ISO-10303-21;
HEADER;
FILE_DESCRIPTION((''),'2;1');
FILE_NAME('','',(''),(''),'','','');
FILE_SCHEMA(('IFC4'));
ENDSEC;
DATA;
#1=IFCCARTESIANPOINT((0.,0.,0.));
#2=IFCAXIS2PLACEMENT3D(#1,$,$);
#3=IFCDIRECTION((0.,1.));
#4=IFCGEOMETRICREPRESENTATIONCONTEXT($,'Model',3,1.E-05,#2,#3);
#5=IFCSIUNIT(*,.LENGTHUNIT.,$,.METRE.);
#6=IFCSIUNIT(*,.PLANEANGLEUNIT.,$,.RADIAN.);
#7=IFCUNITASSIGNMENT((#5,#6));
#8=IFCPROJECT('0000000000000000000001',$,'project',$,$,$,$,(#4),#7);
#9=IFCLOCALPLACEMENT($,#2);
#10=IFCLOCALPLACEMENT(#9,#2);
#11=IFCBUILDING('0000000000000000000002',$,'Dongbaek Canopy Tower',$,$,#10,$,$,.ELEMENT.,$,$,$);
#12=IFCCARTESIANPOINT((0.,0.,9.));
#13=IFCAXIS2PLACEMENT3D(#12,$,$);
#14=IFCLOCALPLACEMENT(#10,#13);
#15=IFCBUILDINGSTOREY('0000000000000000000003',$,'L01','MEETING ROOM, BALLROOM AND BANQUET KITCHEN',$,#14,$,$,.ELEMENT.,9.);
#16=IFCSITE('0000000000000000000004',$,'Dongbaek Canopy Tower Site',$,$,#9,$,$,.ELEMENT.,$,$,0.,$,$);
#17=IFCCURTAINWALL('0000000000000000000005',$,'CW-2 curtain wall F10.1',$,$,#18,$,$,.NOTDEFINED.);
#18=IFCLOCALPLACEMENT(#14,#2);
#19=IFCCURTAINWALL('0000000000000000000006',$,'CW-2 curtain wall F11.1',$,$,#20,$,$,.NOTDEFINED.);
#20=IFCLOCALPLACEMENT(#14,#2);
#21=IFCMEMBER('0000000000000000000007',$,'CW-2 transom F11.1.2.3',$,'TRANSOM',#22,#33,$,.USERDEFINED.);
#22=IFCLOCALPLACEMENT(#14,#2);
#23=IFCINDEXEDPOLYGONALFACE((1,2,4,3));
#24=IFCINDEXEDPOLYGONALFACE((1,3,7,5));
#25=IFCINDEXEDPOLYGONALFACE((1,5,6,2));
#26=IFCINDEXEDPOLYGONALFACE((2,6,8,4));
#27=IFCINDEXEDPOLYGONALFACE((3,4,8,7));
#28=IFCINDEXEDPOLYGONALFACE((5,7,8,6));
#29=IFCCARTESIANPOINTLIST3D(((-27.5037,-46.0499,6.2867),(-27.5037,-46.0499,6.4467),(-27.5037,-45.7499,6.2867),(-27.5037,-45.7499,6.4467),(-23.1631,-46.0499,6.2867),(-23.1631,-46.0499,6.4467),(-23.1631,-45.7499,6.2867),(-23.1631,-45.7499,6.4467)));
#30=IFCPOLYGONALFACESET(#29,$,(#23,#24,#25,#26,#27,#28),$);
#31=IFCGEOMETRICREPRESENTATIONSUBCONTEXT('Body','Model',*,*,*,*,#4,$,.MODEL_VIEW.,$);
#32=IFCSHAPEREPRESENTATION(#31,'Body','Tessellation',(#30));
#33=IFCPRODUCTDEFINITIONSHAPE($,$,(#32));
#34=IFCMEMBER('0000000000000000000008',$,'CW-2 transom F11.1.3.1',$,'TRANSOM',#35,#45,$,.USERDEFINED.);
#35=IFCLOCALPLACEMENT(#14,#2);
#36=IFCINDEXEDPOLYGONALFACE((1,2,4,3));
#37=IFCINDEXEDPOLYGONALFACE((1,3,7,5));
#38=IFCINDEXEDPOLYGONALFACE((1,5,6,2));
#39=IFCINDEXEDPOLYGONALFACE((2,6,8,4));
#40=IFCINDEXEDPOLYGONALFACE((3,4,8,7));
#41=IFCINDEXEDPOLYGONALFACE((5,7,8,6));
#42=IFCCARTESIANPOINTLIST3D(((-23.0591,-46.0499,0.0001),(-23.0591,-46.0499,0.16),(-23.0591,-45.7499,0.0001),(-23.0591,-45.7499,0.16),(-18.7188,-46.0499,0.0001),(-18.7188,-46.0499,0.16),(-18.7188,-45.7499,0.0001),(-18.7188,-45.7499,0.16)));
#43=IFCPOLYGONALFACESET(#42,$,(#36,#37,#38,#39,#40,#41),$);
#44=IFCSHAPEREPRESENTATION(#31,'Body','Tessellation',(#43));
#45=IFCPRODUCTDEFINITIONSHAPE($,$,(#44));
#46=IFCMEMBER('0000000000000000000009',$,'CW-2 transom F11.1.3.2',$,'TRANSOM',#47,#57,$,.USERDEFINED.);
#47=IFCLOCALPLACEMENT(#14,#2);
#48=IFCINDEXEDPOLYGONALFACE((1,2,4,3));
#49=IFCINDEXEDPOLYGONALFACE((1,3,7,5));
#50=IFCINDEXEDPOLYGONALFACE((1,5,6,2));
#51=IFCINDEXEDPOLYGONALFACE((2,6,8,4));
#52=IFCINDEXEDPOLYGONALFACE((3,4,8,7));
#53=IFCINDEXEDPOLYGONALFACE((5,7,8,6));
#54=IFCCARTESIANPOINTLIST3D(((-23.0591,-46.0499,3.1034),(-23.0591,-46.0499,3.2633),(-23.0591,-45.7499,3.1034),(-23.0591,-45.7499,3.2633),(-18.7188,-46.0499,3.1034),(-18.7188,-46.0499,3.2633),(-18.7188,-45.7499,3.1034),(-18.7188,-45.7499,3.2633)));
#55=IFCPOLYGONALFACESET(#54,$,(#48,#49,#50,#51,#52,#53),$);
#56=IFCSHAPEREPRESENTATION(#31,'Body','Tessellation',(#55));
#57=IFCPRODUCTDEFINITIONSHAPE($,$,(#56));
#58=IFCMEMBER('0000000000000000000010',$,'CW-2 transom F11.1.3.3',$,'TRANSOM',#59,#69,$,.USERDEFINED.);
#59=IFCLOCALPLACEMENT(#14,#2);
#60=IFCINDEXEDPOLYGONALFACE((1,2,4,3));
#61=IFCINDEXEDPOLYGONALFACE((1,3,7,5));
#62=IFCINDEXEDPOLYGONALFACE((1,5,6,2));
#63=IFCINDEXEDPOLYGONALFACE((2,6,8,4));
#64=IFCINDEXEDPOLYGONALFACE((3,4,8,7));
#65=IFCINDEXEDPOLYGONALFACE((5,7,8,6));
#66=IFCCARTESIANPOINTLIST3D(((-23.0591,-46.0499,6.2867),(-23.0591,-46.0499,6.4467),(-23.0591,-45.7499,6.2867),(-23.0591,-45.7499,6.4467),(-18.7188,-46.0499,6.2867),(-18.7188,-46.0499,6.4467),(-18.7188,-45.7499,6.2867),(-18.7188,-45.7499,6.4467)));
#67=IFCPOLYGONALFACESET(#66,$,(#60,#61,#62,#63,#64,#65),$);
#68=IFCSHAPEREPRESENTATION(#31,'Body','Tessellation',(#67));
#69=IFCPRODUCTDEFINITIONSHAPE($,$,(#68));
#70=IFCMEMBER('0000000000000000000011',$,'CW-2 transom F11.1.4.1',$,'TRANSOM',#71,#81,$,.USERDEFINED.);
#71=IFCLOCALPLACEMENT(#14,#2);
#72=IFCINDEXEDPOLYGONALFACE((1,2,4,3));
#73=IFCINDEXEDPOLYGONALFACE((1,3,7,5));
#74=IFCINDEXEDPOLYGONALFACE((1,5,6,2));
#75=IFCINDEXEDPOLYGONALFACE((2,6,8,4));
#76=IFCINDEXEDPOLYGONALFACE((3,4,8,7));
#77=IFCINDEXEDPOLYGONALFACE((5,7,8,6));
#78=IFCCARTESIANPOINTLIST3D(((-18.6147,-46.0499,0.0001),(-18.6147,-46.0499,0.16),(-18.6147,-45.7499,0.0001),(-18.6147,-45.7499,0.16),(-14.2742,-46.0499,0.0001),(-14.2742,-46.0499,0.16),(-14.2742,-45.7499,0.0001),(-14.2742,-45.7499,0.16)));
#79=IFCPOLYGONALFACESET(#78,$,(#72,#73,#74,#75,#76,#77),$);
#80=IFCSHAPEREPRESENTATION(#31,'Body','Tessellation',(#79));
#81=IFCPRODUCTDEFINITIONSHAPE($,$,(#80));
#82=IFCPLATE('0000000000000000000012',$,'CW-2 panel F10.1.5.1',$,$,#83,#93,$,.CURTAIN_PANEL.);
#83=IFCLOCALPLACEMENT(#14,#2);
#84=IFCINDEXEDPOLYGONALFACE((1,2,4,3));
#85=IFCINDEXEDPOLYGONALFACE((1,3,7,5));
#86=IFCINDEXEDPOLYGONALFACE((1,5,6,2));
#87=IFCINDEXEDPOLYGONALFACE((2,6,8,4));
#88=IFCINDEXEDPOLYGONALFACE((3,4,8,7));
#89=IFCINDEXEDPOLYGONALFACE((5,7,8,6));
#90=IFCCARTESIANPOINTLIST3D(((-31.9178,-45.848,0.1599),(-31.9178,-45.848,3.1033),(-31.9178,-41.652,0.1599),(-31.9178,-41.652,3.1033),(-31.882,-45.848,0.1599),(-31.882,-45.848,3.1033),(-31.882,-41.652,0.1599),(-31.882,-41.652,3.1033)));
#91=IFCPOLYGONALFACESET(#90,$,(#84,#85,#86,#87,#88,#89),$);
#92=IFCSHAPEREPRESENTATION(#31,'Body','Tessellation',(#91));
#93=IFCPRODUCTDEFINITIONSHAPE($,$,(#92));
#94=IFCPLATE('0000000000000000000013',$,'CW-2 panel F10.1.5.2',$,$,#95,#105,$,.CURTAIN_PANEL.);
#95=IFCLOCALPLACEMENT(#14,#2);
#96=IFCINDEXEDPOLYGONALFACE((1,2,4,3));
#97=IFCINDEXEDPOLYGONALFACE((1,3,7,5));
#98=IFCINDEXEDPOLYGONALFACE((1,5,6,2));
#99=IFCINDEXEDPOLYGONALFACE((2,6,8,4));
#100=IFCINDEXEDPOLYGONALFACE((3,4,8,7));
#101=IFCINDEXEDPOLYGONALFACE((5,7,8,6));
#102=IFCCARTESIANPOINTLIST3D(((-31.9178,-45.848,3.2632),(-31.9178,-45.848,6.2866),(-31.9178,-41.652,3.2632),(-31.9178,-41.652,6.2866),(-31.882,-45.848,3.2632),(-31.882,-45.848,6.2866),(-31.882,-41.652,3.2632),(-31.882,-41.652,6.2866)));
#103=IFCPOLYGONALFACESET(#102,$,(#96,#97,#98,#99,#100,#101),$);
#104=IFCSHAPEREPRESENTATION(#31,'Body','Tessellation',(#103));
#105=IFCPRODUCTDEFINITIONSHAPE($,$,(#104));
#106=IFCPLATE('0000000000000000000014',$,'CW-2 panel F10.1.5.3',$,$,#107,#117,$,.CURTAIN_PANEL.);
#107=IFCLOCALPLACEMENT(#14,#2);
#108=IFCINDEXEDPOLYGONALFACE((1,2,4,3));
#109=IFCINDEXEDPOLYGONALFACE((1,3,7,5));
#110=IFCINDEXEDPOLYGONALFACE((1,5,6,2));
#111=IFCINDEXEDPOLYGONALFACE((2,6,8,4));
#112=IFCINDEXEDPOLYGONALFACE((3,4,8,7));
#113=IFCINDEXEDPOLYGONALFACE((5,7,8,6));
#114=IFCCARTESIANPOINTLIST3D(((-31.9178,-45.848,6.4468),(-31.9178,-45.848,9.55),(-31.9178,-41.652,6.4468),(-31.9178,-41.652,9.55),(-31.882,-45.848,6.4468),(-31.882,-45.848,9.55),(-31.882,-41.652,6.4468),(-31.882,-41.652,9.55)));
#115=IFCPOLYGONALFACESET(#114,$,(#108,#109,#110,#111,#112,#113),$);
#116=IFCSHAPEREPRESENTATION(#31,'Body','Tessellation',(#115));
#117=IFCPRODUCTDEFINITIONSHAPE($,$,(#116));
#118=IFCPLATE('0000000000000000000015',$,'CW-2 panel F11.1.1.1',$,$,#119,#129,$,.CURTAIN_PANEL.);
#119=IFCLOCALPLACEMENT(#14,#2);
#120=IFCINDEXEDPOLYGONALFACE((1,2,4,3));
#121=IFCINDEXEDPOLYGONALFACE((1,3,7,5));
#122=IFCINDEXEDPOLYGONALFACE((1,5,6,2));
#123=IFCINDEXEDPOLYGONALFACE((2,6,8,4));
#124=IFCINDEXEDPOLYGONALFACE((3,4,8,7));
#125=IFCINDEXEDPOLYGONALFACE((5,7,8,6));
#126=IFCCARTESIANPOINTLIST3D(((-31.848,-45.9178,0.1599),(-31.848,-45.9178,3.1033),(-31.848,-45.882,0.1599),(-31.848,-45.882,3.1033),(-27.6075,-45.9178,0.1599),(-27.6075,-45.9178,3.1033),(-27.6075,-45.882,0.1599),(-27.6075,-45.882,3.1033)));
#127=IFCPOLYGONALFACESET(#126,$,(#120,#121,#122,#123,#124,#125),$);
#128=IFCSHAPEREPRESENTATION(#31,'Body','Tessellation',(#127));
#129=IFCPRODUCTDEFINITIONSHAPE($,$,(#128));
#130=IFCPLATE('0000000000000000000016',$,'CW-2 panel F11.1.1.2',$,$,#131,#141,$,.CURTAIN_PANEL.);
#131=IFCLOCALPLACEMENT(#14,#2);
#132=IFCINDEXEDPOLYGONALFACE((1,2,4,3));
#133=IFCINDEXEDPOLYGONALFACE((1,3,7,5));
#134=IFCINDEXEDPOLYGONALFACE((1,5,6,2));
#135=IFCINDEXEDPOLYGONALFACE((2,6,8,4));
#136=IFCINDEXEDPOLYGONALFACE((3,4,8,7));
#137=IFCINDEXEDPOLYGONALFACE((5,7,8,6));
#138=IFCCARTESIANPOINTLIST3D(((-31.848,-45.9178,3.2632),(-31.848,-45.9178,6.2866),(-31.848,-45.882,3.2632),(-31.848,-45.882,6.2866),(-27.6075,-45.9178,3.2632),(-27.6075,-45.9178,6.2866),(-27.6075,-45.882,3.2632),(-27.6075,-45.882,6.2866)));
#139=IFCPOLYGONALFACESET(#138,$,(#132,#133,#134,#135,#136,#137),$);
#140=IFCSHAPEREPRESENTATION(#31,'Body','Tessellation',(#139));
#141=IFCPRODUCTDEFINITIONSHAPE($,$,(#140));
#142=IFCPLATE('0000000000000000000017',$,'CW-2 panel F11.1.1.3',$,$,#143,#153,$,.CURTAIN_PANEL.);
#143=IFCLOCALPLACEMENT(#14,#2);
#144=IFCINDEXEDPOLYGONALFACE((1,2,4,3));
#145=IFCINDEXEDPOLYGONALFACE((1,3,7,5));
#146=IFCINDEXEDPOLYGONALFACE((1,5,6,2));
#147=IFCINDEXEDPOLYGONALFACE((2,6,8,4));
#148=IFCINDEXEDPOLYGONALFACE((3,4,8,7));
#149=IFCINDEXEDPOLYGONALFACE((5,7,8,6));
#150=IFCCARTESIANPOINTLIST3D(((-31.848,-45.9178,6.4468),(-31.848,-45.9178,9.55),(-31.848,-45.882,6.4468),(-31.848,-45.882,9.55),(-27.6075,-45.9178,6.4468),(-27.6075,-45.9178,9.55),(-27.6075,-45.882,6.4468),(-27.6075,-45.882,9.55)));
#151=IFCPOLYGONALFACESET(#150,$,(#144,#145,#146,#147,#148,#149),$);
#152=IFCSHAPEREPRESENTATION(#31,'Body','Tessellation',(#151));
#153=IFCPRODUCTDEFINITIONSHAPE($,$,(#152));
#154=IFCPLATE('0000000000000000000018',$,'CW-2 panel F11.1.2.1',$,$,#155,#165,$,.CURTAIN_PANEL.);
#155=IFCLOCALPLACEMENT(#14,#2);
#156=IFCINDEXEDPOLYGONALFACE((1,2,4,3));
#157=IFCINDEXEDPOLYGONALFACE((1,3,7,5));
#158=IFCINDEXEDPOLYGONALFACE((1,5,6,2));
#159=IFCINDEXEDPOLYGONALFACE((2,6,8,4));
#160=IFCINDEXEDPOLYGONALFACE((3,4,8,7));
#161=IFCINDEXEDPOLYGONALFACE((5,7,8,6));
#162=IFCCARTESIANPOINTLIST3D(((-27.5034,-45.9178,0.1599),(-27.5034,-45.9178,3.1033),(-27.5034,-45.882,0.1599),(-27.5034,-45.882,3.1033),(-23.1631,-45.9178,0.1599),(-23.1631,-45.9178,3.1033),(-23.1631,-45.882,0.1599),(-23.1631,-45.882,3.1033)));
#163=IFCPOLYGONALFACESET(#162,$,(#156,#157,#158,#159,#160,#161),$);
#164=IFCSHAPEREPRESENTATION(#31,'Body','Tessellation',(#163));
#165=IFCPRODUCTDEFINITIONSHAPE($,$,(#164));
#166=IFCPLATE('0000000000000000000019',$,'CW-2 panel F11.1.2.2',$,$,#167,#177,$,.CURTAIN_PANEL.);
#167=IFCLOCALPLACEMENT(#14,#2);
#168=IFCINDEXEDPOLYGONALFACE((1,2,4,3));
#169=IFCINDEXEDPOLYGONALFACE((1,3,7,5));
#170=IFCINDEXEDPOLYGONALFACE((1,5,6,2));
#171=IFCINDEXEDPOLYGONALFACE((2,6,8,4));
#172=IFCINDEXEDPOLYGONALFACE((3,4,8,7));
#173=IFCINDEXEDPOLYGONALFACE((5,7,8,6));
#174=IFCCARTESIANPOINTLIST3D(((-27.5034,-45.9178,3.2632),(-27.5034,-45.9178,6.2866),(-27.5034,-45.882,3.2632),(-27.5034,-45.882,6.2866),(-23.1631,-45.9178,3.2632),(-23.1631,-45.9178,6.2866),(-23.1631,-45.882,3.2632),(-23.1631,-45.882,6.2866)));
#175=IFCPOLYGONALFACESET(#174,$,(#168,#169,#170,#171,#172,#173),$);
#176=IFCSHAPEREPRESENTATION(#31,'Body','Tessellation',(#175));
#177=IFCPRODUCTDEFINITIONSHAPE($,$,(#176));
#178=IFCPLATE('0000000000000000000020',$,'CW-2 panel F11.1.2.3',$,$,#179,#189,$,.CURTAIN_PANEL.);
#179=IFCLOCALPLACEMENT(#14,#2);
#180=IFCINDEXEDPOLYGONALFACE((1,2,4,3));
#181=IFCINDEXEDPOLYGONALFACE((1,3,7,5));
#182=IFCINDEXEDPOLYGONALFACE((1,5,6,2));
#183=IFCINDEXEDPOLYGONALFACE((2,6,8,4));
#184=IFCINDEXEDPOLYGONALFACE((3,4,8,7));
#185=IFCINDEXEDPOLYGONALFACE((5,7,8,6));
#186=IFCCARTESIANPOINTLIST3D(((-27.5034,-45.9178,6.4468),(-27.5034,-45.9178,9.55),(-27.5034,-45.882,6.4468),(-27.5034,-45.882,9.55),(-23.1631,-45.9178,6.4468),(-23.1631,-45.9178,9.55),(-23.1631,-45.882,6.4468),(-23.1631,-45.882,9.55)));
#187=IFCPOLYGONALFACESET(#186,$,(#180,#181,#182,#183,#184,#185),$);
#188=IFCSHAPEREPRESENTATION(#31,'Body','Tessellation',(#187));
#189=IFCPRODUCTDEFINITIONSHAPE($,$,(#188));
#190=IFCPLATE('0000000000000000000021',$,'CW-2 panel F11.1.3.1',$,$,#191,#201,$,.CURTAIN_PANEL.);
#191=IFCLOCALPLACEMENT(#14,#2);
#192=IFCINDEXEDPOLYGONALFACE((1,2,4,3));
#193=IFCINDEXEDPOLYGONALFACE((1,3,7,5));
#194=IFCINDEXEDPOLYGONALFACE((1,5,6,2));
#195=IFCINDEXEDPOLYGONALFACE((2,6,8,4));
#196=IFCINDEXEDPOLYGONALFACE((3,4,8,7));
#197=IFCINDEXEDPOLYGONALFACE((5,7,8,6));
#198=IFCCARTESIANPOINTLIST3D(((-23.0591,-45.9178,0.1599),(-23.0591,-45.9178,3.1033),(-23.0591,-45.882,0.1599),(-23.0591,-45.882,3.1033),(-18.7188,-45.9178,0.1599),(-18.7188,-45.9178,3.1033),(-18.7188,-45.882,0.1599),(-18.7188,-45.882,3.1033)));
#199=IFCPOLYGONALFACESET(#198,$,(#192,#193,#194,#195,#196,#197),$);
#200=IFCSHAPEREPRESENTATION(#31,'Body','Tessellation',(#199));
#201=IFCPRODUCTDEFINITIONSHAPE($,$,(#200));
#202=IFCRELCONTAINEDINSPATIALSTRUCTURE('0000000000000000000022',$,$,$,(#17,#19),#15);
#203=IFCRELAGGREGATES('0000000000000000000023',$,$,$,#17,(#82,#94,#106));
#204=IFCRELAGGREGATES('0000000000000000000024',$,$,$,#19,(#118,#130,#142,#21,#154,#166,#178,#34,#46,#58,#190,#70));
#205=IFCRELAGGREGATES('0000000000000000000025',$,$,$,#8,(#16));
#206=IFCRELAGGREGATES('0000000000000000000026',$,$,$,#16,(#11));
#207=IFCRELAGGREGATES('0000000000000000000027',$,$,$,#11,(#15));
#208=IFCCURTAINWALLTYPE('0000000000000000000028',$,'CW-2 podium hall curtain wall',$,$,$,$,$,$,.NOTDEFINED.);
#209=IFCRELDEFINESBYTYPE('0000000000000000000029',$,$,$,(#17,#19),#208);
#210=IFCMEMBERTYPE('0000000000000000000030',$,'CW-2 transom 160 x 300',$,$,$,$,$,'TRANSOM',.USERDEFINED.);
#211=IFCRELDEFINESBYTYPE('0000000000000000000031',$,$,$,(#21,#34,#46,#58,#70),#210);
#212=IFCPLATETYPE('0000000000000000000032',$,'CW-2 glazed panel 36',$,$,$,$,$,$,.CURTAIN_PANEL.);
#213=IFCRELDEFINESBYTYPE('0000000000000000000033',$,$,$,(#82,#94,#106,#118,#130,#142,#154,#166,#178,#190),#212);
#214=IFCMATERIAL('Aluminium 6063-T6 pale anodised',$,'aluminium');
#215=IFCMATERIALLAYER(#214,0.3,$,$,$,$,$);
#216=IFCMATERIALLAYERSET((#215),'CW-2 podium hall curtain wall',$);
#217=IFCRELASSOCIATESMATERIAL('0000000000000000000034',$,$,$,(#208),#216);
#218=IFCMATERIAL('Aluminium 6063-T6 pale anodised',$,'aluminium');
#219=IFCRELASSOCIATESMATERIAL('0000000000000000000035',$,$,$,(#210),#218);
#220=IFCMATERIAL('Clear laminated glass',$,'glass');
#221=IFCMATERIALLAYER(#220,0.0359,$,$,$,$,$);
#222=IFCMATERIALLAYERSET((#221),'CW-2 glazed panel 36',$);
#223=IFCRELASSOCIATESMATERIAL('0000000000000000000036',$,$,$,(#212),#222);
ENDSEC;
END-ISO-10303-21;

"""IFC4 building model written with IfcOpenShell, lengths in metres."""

from ifc_helpers import new_model, si_unit, direction, frame, origin, origin_2d, place, context, subcontext, project, spatial, rectangle, extrude, material, layer, layer_set, material_profile, profile_set, type_object, element, aggregate, save


model = new_model("IFC4")

# Units and contexts
model_context = context("Model", 3, precision=1e-05, world=origin(), true_north=direction((0.0, 1.0)))
body_context = subcontext(model_context, "Body", "Model", "MODEL_VIEW")
ifc_project = project(units=[si_unit("LENGTHUNIT", "METRE"), si_unit("PLANEANGLEUNIT", "RADIAN")], contexts=[model_context])

# Site, building, storey
site_placement = place(None, origin())
site = spatial("IfcSite", under=ifc_project, at=site_placement, Name="Dongbaek Canopy Tower Site", CompositionType="ELEMENT", RefElevation=0.0)
building_placement = place(site_placement, origin())
building = spatial("IfcBuilding", under=site, at=building_placement, Name="Dongbaek Canopy Tower", CompositionType="ELEMENT")
storey_placement = place(building_placement, frame((0.0, 0.0, 9.0)))
storey = spatial("IfcBuildingStorey", under=building, at=storey_placement, Name="L01", Description="MEETING ROOM, BALLROOM AND BANQUET KITCHEN", CompositionType="ELEMENT", Elevation=9.0)

# Curtain wall
ifc_material_1 = material(Name="Aluminium 6063-T6 pale anodised", Category="aluminium")
ifc_layer_1 = layer(ifc_material_1, 0.3)
ifc_layer_set_1 = layer_set([ifc_layer_1], Name="CW-2 podium hall curtain wall")
curtain_wall_type = type_object("IfcCurtainWallType", Name="CW-2 podium hall curtain wall", PredefinedType="NOTDEFINED", material=ifc_layer_set_1)
curtain_wall_1_placement = place(storey_placement, origin())
curtain_wall_1 = element("IfcCurtainWall", 1, at=curtain_wall_1_placement, inside=storey, type_object=curtain_wall_type, Name="CW-2 curtain wall F10.1", PredefinedType="NOTDEFINED")

# Curtain wall
curtain_wall_2_placement = place(storey_placement, origin())
curtain_wall_2 = element("IfcCurtainWall", 2, at=curtain_wall_2_placement, inside=storey, type_object=curtain_wall_type, Name="CW-2 curtain wall F11.1", PredefinedType="NOTDEFINED")

# Members
ifc_material_2 = material(Name="Aluminium 6063-T6 pale anodised", Category="aluminium")
ifc_material_profile_1 = material_profile(ifc_material_2, rectangle(XDim=0.3, YDim=0.1599, at=origin_2d()), Name="CW-2 transom 160 x 300")
ifc_profile_set_1 = profile_set([ifc_material_profile_1], Name="Aluminium 6063-T6 pale anodised")
member_type_1 = type_object("IfcMemberType", Name="CW-2 transom 160 x 300", ElementType="TRANSOM", PredefinedType="USERDEFINED", material=ifc_profile_set_1)
member_1_placement = place(storey_placement, frame((-27.5037, -45.8999, 6.3667), z_axis=(1.0, 0.0, 0.0), x_axis=(0.0, 1.0, 0.0)))
member_1 = element("IfcMember", 3, at=member_1_placement, type_object=member_type_1, Name="CW-2 transom F11.1.2.3", ObjectType="TRANSOM", PredefinedType="USERDEFINED", context=body_context, shape_type="SweptSolid", body=[
    extrude(rectangle(XDim=0.3, YDim=0.1599, at=origin_2d()), origin(), (0.0, 0.0, 1.0), 4.3406),
])
member_2_placement = place(storey_placement, frame((-23.0591, -45.8999, 0.0801), z_axis=(1.0, 0.0, 0.0), x_axis=(0.0, 1.0, 0.0)))
member_2 = element("IfcMember", 4, at=member_2_placement, type_object=member_type_1, Name="CW-2 transom F11.1.3.1", ObjectType="TRANSOM", PredefinedType="USERDEFINED", context=body_context, shape_type="SweptSolid", body=[
    extrude(rectangle(XDim=0.3, YDim=0.1599, at=origin_2d()), origin(), (0.0, 0.0, 1.0), 4.3403),
])
member_3_placement = place(storey_placement, frame((-23.0591, -45.8999, 3.1833), z_axis=(1.0, 0.0, 0.0), x_axis=(0.0, 1.0, 0.0)))
member_3 = element("IfcMember", 5, at=member_3_placement, type_object=member_type_1, Name="CW-2 transom F11.1.3.2", ObjectType="TRANSOM", PredefinedType="USERDEFINED", context=body_context, shape_type="SweptSolid", body=[
    extrude(rectangle(XDim=0.3, YDim=0.1599, at=origin_2d()), origin(), (0.0, 0.0, 1.0), 4.3403),
])
member_4_placement = place(storey_placement, frame((-23.0591, -45.8999, 6.3667), z_axis=(1.0, 0.0, 0.0), x_axis=(0.0, 1.0, 0.0)))
member_4 = element("IfcMember", 6, at=member_4_placement, type_object=member_type_1, Name="CW-2 transom F11.1.3.3", ObjectType="TRANSOM", PredefinedType="USERDEFINED", context=body_context, shape_type="SweptSolid", body=[
    extrude(rectangle(XDim=0.3, YDim=0.1599, at=origin_2d()), origin(), (0.0, 0.0, 1.0), 4.3403),
])
member_5_placement = place(storey_placement, frame((-18.6147, -45.8999, 0.0801), z_axis=(1.0, 0.0, 0.0), x_axis=(0.0, 1.0, 0.0)))
member_5 = element("IfcMember", 7, at=member_5_placement, type_object=member_type_1, Name="CW-2 transom F11.1.4.1", ObjectType="TRANSOM", PredefinedType="USERDEFINED", context=body_context, shape_type="SweptSolid", body=[
    extrude(rectangle(XDim=0.3, YDim=0.1599, at=origin_2d()), origin(), (0.0, 0.0, 1.0), 4.3406),
])

# Plates
ifc_material_3 = material(Name="Clear laminated glass", Category="glass")
ifc_layer_2 = layer(ifc_material_3, 0.0359)
ifc_layer_set_2 = layer_set([ifc_layer_2], Name="CW-2 glazed panel 36")
plate_type = type_object("IfcPlateType", Name="CW-2 glazed panel 36", PredefinedType="CURTAIN_PANEL", material=ifc_layer_set_2)
plate_1_placement = place(storey_placement, frame((-31.8999, -43.75, 0.1599), z_axis=(0.0, 0.0, 1.0), x_axis=(0.0, -1.0, 0.0)))
plate_1 = element("IfcPlate", 8, at=plate_1_placement, type_object=plate_type, Name="CW-2 panel F10.1.5.1", PredefinedType="CURTAIN_PANEL", context=body_context, shape_type="SweptSolid", body=[
    extrude(rectangle(XDim=4.196, YDim=0.0359, at=origin_2d()), origin(), (0.0, 0.0, 1.0), 2.9434),
])
plate_2_placement = place(storey_placement, frame((-31.8999, -43.75, 3.2632), z_axis=(0.0, 0.0, 1.0), x_axis=(0.0, -1.0, 0.0)))
plate_2 = element("IfcPlate", 9, at=plate_2_placement, type_object=plate_type, Name="CW-2 panel F10.1.5.2", PredefinedType="CURTAIN_PANEL", context=body_context, shape_type="SweptSolid", body=[
    extrude(rectangle(XDim=4.196, YDim=0.0359, at=origin_2d()), origin(), (0.0, 0.0, 1.0), 3.0234),
])
plate_3_placement = place(storey_placement, frame((-31.8999, -43.75, 6.4468), z_axis=(0.0, 0.0, 1.0), x_axis=(0.0, -1.0, 0.0)))
plate_3 = element("IfcPlate", 10, at=plate_3_placement, type_object=plate_type, Name="CW-2 panel F10.1.5.3", PredefinedType="CURTAIN_PANEL", context=body_context, shape_type="SweptSolid", body=[
    extrude(rectangle(XDim=4.196, YDim=0.0359, at=origin_2d()), origin(), (0.0, 0.0, 1.0), 3.1033),
])
aggregate(curtain_wall_1, [plate_1, plate_2, plate_3])
plate_4_placement = place(storey_placement, frame((-29.7278, -45.8999, 0.1599), z_axis=(0.0, 0.0, 1.0), x_axis=(1.0, 0.0, 0.0)))
plate_4 = element("IfcPlate", 11, at=plate_4_placement, type_object=plate_type, Name="CW-2 panel F11.1.1.1", PredefinedType="CURTAIN_PANEL", context=body_context, shape_type="SweptSolid", body=[
    extrude(rectangle(XDim=4.2405, YDim=0.0359, at=origin_2d()), origin(), (0.0, 0.0, 1.0), 2.9434),
])
plate_5_placement = place(storey_placement, frame((-29.7278, -45.8999, 3.2632), z_axis=(0.0, 0.0, 1.0), x_axis=(1.0, 0.0, 0.0)))
plate_5 = element("IfcPlate", 12, at=plate_5_placement, type_object=plate_type, Name="CW-2 panel F11.1.1.2", PredefinedType="CURTAIN_PANEL", context=body_context, shape_type="SweptSolid", body=[
    extrude(rectangle(XDim=4.2405, YDim=0.0359, at=origin_2d()), origin(), (0.0, 0.0, 1.0), 3.0234),
])
plate_6_placement = place(storey_placement, frame((-29.7278, -45.8999, 6.4468), z_axis=(0.0, 0.0, 1.0), x_axis=(1.0, 0.0, 0.0)))
plate_6 = element("IfcPlate", 13, at=plate_6_placement, type_object=plate_type, Name="CW-2 panel F11.1.1.3", PredefinedType="CURTAIN_PANEL", context=body_context, shape_type="SweptSolid", body=[
    extrude(rectangle(XDim=4.2405, YDim=0.0359, at=origin_2d()), origin(), (0.0, 0.0, 1.0), 3.1033),
])
plate_7_placement = place(storey_placement, frame((-25.3333, -45.8999, 0.1599), z_axis=(0.0, 0.0, 1.0), x_axis=(1.0, 0.0, 0.0)))
plate_7 = element("IfcPlate", 14, at=plate_7_placement, type_object=plate_type, Name="CW-2 panel F11.1.2.1", PredefinedType="CURTAIN_PANEL", context=body_context, shape_type="SweptSolid", body=[
    extrude(rectangle(XDim=4.3403, YDim=0.0359, at=origin_2d()), origin(), (0.0, 0.0, 1.0), 2.9434),
])
plate_8_placement = place(storey_placement, frame((-25.3333, -45.8999, 3.2632), z_axis=(0.0, 0.0, 1.0), x_axis=(1.0, 0.0, 0.0)))
plate_8 = element("IfcPlate", 15, at=plate_8_placement, type_object=plate_type, Name="CW-2 panel F11.1.2.2", PredefinedType="CURTAIN_PANEL", context=body_context, shape_type="SweptSolid", body=[
    extrude(rectangle(XDim=4.3403, YDim=0.0359, at=origin_2d()), origin(), (0.0, 0.0, 1.0), 3.0234),
])
plate_9_placement = place(storey_placement, frame((-25.3333, -45.8999, 6.4468), z_axis=(0.0, 0.0, 1.0), x_axis=(1.0, 0.0, 0.0)))
plate_9 = element("IfcPlate", 16, at=plate_9_placement, type_object=plate_type, Name="CW-2 panel F11.1.2.3", PredefinedType="CURTAIN_PANEL", context=body_context, shape_type="SweptSolid", body=[
    extrude(rectangle(XDim=4.3403, YDim=0.0359, at=origin_2d()), origin(), (0.0, 0.0, 1.0), 3.1033),
])
plate_10_placement = place(storey_placement, frame((-20.8889, -45.8999, 0.1599), z_axis=(0.0, 0.0, 1.0), x_axis=(1.0, 0.0, 0.0)))
plate_10 = element("IfcPlate", 17, at=plate_10_placement, type_object=plate_type, Name="CW-2 panel F11.1.3.1", PredefinedType="CURTAIN_PANEL", context=body_context, shape_type="SweptSolid", body=[
    extrude(rectangle(XDim=4.3403, YDim=0.0359, at=origin_2d()), origin(), (0.0, 0.0, 1.0), 2.9434),
])
aggregate(curtain_wall_2, [plate_4, plate_5, plate_6, member_1, plate_7, plate_8, plate_9, member_2, member_3, member_4, plate_10, member_5])

save(model, "model.ifc")
